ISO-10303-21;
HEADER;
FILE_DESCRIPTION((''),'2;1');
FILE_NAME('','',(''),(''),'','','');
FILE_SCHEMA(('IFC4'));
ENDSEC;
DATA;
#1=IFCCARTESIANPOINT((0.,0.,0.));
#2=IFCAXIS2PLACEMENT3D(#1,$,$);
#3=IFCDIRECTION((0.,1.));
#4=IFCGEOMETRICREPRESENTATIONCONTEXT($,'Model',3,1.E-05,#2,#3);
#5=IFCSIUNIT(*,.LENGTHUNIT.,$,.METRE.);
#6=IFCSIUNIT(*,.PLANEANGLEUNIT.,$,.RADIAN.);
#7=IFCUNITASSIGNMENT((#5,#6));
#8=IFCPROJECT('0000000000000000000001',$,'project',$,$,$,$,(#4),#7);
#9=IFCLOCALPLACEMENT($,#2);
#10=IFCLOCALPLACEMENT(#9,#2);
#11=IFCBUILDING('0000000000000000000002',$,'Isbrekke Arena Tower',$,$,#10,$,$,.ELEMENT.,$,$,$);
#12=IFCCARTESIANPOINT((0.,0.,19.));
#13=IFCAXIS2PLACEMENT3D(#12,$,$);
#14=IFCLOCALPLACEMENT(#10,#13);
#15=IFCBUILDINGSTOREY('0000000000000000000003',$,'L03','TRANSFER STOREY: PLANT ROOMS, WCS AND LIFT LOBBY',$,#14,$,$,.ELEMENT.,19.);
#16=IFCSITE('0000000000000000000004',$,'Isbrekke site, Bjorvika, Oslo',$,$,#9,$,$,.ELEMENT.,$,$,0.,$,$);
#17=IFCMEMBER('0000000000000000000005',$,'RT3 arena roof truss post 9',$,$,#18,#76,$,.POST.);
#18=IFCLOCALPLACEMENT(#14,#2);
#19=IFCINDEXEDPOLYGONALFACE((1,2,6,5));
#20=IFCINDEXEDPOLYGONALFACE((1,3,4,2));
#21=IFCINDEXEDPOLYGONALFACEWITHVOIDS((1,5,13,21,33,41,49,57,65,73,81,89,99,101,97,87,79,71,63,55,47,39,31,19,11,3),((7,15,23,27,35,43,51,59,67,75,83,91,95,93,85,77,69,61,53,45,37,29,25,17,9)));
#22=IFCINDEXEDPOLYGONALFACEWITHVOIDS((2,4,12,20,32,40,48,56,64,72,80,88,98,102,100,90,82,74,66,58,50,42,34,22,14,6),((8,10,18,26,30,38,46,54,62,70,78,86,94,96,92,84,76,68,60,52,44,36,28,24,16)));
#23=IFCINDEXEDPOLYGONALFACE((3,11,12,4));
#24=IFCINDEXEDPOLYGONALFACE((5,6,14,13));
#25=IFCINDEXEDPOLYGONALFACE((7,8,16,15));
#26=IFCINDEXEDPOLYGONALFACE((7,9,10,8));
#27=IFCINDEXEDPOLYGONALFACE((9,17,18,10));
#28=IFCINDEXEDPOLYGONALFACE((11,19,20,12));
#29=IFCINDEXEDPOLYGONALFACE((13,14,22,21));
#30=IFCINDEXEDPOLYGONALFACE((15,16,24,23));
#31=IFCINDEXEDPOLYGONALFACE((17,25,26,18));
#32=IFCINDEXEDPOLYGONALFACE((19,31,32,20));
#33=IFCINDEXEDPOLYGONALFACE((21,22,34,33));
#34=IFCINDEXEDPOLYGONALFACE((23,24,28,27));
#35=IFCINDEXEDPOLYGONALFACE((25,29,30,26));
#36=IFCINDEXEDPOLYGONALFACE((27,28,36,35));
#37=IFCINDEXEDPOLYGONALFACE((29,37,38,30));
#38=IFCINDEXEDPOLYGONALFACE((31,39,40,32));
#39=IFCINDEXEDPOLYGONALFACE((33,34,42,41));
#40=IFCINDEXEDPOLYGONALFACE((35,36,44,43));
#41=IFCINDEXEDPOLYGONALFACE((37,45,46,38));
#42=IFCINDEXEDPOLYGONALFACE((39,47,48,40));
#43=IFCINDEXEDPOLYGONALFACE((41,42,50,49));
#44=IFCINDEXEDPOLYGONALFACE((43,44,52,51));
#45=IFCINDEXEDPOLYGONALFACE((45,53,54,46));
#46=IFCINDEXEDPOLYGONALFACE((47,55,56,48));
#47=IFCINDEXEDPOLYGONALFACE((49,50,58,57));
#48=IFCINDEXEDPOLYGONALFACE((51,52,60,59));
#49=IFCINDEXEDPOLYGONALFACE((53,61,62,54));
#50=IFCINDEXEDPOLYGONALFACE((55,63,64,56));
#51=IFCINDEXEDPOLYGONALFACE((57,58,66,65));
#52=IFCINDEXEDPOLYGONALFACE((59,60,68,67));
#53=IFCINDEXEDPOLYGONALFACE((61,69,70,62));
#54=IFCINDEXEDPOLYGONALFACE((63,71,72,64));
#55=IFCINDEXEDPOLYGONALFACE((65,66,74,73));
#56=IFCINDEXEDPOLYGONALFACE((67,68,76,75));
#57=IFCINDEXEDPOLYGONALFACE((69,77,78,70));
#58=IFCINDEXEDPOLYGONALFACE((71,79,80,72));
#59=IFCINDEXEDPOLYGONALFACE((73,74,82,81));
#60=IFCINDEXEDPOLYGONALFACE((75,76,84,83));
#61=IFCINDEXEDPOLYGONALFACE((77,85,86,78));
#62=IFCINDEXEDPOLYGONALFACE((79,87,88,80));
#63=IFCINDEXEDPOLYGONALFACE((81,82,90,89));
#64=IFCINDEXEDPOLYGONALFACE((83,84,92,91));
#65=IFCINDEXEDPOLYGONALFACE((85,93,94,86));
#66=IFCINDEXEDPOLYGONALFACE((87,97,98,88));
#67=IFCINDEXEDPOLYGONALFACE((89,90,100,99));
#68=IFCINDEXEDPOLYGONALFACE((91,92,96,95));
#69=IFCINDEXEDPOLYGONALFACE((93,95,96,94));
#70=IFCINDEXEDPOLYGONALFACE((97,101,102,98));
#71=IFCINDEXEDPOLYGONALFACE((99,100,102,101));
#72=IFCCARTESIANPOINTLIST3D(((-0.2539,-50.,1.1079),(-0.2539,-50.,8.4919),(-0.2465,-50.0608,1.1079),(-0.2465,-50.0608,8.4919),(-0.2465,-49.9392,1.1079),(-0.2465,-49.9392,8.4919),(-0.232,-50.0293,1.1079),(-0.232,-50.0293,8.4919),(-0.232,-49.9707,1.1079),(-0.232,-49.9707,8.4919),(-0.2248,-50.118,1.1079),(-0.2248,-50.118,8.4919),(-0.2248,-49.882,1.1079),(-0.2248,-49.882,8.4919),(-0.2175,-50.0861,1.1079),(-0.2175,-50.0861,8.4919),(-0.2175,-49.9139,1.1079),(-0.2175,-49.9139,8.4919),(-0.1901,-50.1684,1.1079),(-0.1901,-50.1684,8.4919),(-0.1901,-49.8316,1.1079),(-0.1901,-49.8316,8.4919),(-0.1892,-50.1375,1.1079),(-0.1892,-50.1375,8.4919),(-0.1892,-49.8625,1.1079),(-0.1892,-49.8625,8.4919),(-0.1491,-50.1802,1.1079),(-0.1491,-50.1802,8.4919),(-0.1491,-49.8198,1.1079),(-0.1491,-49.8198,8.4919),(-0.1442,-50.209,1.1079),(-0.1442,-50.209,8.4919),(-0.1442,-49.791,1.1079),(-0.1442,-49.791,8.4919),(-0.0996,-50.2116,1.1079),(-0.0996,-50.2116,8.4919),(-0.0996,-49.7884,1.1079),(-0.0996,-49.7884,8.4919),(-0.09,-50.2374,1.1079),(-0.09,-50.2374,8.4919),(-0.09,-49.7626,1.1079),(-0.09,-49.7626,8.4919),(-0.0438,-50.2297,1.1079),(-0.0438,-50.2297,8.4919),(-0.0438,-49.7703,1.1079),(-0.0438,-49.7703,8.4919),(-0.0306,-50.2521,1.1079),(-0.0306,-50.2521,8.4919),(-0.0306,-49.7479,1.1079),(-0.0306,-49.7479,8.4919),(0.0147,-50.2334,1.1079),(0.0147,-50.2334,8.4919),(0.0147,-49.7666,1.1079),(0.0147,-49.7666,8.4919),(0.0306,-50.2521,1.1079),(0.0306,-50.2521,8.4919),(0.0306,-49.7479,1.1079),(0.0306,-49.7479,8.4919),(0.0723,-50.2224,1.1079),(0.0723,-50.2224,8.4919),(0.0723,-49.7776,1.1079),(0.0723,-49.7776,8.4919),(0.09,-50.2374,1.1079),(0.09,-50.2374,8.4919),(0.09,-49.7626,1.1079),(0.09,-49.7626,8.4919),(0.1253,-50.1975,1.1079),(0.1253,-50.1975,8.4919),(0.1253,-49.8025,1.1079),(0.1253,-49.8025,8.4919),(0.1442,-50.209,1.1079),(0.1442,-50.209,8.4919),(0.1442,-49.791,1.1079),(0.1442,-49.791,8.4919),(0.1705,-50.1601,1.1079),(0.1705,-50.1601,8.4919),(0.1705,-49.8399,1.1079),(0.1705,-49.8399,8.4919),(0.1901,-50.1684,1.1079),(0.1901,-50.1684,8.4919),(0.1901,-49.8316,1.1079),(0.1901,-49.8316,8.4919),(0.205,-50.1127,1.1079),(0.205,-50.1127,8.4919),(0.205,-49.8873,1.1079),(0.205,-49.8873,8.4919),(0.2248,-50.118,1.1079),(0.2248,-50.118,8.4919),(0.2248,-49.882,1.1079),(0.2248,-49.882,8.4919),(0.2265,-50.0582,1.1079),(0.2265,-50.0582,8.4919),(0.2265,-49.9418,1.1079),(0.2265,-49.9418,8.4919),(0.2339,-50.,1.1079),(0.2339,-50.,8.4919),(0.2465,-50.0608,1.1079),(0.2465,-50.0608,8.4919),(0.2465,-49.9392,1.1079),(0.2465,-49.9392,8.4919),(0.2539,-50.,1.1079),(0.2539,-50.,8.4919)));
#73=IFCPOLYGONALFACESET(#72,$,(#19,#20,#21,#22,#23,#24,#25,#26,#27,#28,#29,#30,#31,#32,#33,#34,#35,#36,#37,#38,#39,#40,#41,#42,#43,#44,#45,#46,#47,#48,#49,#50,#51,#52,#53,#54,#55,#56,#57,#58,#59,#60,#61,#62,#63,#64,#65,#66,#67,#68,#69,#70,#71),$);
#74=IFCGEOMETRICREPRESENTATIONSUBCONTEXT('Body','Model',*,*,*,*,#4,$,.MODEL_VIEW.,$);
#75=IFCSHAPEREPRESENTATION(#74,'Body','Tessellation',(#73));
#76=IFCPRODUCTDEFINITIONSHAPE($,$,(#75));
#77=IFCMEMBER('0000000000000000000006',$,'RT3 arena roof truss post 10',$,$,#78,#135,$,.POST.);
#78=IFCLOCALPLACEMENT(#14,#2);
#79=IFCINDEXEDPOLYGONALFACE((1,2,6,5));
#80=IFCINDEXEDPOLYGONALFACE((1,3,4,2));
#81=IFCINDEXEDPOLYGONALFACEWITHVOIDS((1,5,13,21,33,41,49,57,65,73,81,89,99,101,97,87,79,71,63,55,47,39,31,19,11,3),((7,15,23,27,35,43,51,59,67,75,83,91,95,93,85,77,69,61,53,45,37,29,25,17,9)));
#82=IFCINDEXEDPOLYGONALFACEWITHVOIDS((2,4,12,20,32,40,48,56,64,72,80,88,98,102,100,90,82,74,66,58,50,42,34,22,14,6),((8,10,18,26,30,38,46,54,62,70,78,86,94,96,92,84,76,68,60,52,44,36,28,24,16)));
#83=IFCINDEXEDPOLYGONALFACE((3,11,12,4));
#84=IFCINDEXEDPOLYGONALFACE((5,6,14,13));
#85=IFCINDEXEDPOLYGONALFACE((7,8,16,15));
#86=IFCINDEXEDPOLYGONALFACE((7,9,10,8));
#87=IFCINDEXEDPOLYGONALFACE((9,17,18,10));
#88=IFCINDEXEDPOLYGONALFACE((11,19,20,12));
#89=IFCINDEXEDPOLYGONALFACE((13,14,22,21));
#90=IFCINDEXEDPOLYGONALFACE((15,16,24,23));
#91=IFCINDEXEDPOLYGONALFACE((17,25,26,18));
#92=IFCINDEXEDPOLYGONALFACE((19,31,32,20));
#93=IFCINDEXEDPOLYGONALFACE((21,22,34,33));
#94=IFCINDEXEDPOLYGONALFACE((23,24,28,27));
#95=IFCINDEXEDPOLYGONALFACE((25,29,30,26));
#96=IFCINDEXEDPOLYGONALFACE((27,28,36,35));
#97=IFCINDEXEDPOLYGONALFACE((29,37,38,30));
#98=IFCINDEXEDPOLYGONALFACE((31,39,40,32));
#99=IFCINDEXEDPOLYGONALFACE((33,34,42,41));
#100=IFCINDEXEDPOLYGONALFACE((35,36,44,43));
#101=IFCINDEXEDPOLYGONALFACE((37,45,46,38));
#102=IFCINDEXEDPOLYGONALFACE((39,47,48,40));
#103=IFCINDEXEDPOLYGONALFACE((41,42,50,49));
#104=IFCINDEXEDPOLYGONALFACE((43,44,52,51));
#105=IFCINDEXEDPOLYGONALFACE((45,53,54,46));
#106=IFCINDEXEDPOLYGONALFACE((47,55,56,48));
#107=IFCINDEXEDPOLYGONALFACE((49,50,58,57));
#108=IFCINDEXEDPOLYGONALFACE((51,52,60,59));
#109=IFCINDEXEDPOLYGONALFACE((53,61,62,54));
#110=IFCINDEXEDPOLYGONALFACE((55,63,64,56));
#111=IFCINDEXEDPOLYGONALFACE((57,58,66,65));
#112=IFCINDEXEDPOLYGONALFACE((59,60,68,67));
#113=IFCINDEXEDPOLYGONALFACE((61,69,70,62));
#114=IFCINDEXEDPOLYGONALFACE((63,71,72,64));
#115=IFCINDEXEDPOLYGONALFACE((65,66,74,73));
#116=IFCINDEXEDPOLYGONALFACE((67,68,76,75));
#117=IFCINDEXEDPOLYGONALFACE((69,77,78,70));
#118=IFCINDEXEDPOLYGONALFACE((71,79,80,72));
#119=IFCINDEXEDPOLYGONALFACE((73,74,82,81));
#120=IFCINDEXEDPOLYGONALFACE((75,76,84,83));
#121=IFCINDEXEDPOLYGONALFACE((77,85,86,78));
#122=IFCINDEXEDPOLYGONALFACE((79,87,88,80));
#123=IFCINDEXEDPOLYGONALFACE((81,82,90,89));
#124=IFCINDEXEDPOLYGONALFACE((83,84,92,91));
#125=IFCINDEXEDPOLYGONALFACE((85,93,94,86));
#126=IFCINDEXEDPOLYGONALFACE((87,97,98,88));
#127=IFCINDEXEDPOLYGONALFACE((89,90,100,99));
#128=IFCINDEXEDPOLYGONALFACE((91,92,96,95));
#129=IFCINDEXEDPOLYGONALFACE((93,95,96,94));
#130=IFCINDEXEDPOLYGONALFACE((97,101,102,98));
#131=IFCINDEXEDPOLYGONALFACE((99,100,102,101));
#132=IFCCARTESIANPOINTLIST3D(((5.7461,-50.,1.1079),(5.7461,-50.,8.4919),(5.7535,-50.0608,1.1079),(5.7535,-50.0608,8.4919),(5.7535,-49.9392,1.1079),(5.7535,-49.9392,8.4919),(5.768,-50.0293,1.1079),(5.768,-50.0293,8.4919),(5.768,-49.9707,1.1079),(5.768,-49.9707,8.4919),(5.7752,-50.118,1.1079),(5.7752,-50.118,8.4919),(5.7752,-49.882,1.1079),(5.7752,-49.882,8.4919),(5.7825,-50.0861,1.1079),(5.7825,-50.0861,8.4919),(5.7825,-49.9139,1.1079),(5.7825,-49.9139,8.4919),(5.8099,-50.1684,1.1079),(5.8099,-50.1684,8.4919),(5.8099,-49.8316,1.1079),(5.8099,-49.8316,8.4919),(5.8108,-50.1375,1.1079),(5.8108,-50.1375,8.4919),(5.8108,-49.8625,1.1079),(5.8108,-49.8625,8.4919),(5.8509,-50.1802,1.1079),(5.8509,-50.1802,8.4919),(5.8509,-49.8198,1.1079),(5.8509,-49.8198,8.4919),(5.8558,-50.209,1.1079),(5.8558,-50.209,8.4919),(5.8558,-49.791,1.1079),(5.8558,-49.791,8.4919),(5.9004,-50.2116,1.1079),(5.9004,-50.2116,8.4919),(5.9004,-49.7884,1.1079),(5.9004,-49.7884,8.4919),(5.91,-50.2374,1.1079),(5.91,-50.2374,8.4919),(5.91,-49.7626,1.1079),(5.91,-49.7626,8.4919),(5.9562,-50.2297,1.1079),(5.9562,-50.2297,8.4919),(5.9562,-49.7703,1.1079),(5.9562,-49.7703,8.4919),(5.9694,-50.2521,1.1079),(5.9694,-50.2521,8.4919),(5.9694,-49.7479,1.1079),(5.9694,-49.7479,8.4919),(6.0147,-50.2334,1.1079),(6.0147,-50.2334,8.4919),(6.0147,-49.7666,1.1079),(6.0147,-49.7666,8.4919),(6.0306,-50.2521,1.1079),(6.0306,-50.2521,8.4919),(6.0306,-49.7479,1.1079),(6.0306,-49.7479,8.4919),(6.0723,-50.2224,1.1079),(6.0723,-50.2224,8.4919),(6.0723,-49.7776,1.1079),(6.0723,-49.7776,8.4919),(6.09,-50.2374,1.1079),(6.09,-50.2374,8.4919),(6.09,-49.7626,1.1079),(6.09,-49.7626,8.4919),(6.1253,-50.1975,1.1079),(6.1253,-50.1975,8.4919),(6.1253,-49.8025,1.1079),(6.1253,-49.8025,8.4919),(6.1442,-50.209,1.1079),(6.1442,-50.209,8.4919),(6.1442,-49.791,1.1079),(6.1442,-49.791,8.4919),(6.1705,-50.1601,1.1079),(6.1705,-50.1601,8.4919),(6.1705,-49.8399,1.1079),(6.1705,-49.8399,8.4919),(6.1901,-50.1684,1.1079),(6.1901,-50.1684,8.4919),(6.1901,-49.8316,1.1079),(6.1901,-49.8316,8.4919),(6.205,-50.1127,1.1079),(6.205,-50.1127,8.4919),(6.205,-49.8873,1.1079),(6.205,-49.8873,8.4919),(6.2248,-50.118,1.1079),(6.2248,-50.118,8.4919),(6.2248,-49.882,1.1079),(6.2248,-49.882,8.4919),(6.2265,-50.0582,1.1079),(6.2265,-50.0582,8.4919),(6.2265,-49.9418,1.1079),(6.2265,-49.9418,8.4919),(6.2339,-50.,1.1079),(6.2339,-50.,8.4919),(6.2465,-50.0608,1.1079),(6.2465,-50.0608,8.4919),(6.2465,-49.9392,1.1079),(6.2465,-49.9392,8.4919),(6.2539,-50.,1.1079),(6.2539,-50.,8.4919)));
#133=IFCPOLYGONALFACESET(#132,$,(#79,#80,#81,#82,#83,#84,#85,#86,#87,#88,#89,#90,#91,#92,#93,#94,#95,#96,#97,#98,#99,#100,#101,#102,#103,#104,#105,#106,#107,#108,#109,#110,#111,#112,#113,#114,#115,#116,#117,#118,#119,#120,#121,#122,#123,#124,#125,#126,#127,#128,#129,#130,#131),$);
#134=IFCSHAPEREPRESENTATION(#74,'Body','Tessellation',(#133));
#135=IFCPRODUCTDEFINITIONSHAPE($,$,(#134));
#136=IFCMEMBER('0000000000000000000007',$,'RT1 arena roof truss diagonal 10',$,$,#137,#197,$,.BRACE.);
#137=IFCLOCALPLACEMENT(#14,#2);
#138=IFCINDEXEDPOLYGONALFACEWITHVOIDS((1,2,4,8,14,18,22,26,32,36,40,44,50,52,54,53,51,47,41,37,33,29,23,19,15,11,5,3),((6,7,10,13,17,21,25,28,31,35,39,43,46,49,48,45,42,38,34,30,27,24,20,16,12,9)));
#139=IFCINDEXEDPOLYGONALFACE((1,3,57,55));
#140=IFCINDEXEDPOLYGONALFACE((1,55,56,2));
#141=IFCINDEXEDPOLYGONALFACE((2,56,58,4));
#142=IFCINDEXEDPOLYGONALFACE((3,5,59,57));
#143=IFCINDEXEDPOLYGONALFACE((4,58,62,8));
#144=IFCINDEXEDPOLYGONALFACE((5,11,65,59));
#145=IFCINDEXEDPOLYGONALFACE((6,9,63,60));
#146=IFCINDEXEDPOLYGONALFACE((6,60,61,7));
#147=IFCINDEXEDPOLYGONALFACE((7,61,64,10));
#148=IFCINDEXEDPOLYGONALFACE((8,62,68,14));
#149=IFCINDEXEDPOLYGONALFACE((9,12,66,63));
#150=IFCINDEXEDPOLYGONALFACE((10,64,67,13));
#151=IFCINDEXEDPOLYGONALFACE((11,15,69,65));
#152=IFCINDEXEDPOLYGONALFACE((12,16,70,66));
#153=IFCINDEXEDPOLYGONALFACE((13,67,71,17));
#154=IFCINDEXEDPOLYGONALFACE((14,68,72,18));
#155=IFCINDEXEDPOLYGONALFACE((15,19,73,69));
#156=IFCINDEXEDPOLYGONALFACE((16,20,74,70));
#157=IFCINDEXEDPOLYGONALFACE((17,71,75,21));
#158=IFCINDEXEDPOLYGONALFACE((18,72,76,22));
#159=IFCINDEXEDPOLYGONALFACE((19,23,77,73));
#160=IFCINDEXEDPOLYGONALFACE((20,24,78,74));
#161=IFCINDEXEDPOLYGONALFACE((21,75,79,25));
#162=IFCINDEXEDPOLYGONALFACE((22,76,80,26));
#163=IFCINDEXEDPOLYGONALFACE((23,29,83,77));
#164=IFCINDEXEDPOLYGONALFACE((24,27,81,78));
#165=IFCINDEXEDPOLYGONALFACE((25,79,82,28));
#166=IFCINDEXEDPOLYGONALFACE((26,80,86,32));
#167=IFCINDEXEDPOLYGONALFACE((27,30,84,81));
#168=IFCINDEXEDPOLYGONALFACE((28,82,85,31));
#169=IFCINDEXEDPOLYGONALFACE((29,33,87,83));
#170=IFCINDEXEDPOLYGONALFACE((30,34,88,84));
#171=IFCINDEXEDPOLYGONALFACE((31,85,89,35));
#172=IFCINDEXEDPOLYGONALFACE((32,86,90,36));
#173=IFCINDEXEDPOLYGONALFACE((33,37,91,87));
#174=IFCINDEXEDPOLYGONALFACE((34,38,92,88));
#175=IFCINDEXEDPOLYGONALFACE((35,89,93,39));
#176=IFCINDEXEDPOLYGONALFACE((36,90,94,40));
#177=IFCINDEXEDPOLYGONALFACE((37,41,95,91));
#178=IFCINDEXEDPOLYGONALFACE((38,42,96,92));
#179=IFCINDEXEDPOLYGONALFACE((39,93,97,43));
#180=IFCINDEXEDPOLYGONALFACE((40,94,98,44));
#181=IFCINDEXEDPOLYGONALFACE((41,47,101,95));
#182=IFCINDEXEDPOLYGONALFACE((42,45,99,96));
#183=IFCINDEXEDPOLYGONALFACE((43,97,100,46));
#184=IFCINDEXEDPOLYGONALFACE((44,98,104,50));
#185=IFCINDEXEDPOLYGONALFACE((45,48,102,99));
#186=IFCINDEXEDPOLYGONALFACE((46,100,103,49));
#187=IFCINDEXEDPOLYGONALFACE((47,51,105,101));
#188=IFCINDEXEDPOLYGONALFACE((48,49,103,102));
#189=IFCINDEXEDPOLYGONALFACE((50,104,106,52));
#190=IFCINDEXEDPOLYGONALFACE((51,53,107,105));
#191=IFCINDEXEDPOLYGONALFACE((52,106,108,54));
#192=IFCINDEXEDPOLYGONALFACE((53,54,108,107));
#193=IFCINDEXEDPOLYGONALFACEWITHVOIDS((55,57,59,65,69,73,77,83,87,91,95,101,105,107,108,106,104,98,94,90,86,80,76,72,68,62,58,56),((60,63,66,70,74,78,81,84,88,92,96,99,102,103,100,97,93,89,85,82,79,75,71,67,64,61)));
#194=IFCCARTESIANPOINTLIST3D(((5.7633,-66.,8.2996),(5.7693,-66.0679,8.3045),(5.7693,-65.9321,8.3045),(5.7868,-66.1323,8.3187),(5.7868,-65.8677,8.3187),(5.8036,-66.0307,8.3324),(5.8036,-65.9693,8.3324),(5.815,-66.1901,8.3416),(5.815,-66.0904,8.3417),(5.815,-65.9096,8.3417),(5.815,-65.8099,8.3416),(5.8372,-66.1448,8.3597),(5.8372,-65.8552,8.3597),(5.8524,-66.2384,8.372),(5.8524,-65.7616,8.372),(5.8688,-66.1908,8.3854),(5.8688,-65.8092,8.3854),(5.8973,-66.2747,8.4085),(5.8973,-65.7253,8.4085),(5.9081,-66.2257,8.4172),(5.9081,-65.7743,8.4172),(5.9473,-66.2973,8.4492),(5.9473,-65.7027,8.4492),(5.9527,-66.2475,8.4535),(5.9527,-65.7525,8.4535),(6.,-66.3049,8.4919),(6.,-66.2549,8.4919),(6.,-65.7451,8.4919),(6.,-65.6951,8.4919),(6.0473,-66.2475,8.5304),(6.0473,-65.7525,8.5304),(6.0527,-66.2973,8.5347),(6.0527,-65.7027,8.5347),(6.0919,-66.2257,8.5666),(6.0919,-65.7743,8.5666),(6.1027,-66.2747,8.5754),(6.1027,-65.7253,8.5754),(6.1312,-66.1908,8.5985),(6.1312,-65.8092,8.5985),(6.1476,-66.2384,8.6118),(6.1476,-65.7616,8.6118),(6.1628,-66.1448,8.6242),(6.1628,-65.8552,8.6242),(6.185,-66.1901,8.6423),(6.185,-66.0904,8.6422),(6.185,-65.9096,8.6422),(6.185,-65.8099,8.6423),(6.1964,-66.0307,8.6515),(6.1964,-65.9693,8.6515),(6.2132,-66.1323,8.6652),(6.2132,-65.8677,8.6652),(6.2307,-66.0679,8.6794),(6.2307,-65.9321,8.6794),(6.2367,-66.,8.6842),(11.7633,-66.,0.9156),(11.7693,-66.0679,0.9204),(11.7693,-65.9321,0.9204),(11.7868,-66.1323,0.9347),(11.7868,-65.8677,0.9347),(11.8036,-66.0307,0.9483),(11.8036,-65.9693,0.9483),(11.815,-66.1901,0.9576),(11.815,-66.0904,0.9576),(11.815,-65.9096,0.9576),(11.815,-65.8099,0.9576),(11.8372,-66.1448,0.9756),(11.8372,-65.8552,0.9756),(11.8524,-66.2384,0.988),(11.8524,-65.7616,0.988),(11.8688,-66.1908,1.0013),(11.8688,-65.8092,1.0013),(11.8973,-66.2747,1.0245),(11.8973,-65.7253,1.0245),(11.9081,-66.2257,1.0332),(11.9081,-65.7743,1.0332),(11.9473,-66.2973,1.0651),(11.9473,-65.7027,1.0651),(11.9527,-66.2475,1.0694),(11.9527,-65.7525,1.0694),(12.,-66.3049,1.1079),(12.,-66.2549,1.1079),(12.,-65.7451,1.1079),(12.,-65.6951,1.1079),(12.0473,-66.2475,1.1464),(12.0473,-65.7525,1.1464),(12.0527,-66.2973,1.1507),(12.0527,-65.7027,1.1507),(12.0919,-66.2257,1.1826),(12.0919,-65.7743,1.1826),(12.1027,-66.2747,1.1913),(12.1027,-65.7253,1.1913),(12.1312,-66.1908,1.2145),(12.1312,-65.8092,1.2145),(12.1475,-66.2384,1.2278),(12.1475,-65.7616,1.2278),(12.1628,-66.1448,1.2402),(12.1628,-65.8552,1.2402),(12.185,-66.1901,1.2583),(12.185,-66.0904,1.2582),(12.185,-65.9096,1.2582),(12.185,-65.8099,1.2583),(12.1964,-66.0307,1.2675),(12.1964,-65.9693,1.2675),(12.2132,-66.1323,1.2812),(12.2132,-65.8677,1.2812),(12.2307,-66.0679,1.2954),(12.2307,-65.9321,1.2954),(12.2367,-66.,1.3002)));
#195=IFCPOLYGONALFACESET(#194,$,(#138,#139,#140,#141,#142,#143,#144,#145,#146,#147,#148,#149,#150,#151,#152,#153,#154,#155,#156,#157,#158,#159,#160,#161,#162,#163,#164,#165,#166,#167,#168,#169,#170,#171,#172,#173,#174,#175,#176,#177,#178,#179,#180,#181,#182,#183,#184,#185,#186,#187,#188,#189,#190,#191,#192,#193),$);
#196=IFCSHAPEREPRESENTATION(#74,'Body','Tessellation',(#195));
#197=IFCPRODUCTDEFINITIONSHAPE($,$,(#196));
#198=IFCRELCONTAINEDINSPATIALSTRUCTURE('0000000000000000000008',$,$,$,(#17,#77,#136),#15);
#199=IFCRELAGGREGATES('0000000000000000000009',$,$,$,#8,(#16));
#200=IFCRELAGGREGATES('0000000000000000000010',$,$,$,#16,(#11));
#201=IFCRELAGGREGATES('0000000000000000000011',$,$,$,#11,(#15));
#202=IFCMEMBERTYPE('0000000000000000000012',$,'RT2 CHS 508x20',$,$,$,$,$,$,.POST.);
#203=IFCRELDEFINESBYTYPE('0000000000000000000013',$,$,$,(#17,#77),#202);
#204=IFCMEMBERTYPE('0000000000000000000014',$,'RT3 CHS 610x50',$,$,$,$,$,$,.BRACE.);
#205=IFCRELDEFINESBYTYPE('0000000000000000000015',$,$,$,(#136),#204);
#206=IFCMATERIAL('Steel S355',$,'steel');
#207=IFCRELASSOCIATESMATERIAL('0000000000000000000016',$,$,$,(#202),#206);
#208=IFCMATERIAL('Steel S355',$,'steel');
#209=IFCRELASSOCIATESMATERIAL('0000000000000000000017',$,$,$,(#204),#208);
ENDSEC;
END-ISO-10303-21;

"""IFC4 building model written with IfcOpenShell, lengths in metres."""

from ifc_helpers import new_model, si_unit, direction, frame, origin, origin_2d, place, context, subcontext, project, spatial, hollow_circle, extrude, material, material_profile, profile_set, type_object, element, save


model = new_model("IFC4")

# Units and contexts
model_context = context("Model", 3, precision=1e-05, world=origin(), true_north=direction((0.0, 1.0)))
body_context = subcontext(model_context, "Body", "Model", "MODEL_VIEW")
ifc_project = project(units=[si_unit("LENGTHUNIT", "METRE"), si_unit("PLANEANGLEUNIT", "RADIAN")], contexts=[model_context])

# Site, building, storey
site_placement = place(None, origin())
site = spatial("IfcSite", under=ifc_project, at=site_placement, Name="Isbrekke site, Bjorvika, Oslo", CompositionType="ELEMENT", RefElevation=0.0)
building_placement = place(site_placement, origin())
building = spatial("IfcBuilding", under=site, at=building_placement, Name="Isbrekke Arena Tower", CompositionType="ELEMENT")
storey_placement = place(building_placement, frame((0.0, 0.0, 19.0)))
storey = spatial("IfcBuildingStorey", under=building, at=storey_placement, Name="L03", Description="TRANSFER STOREY: PLANT ROOMS, WCS AND LIFT LOBBY", CompositionType="ELEMENT", Elevation=19.0)

# Members
ifc_material_1 = material(Name="Steel S355", Category="steel")
ifc_material_profile_1 = material_profile(ifc_material_1, hollow_circle(Radius=0.2539, WallThickness=0.02, at=origin_2d()), Name="CHS 508x20")
ifc_profile_set_1 = profile_set([ifc_material_profile_1], Name="Steel S355")
member_type_1 = type_object("IfcMemberType", Name="RT2 CHS 508x20", PredefinedType="POST", material=ifc_profile_set_1)
for number, where, z_axis, x_axis, name in (
    (1, (0.0, -50.0, 1.1079), (0.0, 0.0, 1.0), (1.0, 0.0, 0.0), "RT3 arena roof truss post 9"),
    (2, (6.0, -50.0, 1.1079), (0.0, 0.0, 1.0), (1.0, 0.0, 0.0), "RT3 arena roof truss post 10"),
):
    element("IfcMember", number, at=place(storey_placement, frame(where, z_axis=z_axis, x_axis=x_axis)), inside=storey, type_object=member_type_1, Name=name, PredefinedType="POST", context=body_context, shape_type="SweptSolid", body=[
        extrude(hollow_circle(Radius=0.2539, WallThickness=0.02, at=origin_2d()), origin(), (0.0, 0.0, 1.0), 7.384),
    ])
ifc_material_2 = material(Name="Steel S355", Category="steel")
ifc_material_profile_2 = material_profile(ifc_material_2, hollow_circle(Radius=0.3049, WallThickness=0.05, at=origin_2d()), Name="CHS 610x50")
ifc_profile_set_2 = profile_set([ifc_material_profile_2], Name="Steel S355")
member_type_2 = type_object("IfcMemberType", Name="RT3 CHS 610x50", PredefinedType="BRACE", material=ifc_profile_set_2)
for number, where, z_axis, x_axis, name in (
    (3, (6.0, -66.0, 8.4919), (0.630623, 0.0, -0.77609), (0.0, 1.0, 0.0), "RT1 arena roof truss diagonal 10"),
):
    element("IfcMember", number, at=place(storey_placement, frame(where, z_axis=z_axis, x_axis=x_axis)), inside=storey, type_object=member_type_2, Name=name, PredefinedType="BRACE", context=body_context, shape_type="SweptSolid", body=[
        extrude(hollow_circle(Radius=0.3049, WallThickness=0.05, at=origin_2d()), origin(), (0.0, 0.0, 1.0), 9.5144),
    ])

save(model, "model.ifc")
